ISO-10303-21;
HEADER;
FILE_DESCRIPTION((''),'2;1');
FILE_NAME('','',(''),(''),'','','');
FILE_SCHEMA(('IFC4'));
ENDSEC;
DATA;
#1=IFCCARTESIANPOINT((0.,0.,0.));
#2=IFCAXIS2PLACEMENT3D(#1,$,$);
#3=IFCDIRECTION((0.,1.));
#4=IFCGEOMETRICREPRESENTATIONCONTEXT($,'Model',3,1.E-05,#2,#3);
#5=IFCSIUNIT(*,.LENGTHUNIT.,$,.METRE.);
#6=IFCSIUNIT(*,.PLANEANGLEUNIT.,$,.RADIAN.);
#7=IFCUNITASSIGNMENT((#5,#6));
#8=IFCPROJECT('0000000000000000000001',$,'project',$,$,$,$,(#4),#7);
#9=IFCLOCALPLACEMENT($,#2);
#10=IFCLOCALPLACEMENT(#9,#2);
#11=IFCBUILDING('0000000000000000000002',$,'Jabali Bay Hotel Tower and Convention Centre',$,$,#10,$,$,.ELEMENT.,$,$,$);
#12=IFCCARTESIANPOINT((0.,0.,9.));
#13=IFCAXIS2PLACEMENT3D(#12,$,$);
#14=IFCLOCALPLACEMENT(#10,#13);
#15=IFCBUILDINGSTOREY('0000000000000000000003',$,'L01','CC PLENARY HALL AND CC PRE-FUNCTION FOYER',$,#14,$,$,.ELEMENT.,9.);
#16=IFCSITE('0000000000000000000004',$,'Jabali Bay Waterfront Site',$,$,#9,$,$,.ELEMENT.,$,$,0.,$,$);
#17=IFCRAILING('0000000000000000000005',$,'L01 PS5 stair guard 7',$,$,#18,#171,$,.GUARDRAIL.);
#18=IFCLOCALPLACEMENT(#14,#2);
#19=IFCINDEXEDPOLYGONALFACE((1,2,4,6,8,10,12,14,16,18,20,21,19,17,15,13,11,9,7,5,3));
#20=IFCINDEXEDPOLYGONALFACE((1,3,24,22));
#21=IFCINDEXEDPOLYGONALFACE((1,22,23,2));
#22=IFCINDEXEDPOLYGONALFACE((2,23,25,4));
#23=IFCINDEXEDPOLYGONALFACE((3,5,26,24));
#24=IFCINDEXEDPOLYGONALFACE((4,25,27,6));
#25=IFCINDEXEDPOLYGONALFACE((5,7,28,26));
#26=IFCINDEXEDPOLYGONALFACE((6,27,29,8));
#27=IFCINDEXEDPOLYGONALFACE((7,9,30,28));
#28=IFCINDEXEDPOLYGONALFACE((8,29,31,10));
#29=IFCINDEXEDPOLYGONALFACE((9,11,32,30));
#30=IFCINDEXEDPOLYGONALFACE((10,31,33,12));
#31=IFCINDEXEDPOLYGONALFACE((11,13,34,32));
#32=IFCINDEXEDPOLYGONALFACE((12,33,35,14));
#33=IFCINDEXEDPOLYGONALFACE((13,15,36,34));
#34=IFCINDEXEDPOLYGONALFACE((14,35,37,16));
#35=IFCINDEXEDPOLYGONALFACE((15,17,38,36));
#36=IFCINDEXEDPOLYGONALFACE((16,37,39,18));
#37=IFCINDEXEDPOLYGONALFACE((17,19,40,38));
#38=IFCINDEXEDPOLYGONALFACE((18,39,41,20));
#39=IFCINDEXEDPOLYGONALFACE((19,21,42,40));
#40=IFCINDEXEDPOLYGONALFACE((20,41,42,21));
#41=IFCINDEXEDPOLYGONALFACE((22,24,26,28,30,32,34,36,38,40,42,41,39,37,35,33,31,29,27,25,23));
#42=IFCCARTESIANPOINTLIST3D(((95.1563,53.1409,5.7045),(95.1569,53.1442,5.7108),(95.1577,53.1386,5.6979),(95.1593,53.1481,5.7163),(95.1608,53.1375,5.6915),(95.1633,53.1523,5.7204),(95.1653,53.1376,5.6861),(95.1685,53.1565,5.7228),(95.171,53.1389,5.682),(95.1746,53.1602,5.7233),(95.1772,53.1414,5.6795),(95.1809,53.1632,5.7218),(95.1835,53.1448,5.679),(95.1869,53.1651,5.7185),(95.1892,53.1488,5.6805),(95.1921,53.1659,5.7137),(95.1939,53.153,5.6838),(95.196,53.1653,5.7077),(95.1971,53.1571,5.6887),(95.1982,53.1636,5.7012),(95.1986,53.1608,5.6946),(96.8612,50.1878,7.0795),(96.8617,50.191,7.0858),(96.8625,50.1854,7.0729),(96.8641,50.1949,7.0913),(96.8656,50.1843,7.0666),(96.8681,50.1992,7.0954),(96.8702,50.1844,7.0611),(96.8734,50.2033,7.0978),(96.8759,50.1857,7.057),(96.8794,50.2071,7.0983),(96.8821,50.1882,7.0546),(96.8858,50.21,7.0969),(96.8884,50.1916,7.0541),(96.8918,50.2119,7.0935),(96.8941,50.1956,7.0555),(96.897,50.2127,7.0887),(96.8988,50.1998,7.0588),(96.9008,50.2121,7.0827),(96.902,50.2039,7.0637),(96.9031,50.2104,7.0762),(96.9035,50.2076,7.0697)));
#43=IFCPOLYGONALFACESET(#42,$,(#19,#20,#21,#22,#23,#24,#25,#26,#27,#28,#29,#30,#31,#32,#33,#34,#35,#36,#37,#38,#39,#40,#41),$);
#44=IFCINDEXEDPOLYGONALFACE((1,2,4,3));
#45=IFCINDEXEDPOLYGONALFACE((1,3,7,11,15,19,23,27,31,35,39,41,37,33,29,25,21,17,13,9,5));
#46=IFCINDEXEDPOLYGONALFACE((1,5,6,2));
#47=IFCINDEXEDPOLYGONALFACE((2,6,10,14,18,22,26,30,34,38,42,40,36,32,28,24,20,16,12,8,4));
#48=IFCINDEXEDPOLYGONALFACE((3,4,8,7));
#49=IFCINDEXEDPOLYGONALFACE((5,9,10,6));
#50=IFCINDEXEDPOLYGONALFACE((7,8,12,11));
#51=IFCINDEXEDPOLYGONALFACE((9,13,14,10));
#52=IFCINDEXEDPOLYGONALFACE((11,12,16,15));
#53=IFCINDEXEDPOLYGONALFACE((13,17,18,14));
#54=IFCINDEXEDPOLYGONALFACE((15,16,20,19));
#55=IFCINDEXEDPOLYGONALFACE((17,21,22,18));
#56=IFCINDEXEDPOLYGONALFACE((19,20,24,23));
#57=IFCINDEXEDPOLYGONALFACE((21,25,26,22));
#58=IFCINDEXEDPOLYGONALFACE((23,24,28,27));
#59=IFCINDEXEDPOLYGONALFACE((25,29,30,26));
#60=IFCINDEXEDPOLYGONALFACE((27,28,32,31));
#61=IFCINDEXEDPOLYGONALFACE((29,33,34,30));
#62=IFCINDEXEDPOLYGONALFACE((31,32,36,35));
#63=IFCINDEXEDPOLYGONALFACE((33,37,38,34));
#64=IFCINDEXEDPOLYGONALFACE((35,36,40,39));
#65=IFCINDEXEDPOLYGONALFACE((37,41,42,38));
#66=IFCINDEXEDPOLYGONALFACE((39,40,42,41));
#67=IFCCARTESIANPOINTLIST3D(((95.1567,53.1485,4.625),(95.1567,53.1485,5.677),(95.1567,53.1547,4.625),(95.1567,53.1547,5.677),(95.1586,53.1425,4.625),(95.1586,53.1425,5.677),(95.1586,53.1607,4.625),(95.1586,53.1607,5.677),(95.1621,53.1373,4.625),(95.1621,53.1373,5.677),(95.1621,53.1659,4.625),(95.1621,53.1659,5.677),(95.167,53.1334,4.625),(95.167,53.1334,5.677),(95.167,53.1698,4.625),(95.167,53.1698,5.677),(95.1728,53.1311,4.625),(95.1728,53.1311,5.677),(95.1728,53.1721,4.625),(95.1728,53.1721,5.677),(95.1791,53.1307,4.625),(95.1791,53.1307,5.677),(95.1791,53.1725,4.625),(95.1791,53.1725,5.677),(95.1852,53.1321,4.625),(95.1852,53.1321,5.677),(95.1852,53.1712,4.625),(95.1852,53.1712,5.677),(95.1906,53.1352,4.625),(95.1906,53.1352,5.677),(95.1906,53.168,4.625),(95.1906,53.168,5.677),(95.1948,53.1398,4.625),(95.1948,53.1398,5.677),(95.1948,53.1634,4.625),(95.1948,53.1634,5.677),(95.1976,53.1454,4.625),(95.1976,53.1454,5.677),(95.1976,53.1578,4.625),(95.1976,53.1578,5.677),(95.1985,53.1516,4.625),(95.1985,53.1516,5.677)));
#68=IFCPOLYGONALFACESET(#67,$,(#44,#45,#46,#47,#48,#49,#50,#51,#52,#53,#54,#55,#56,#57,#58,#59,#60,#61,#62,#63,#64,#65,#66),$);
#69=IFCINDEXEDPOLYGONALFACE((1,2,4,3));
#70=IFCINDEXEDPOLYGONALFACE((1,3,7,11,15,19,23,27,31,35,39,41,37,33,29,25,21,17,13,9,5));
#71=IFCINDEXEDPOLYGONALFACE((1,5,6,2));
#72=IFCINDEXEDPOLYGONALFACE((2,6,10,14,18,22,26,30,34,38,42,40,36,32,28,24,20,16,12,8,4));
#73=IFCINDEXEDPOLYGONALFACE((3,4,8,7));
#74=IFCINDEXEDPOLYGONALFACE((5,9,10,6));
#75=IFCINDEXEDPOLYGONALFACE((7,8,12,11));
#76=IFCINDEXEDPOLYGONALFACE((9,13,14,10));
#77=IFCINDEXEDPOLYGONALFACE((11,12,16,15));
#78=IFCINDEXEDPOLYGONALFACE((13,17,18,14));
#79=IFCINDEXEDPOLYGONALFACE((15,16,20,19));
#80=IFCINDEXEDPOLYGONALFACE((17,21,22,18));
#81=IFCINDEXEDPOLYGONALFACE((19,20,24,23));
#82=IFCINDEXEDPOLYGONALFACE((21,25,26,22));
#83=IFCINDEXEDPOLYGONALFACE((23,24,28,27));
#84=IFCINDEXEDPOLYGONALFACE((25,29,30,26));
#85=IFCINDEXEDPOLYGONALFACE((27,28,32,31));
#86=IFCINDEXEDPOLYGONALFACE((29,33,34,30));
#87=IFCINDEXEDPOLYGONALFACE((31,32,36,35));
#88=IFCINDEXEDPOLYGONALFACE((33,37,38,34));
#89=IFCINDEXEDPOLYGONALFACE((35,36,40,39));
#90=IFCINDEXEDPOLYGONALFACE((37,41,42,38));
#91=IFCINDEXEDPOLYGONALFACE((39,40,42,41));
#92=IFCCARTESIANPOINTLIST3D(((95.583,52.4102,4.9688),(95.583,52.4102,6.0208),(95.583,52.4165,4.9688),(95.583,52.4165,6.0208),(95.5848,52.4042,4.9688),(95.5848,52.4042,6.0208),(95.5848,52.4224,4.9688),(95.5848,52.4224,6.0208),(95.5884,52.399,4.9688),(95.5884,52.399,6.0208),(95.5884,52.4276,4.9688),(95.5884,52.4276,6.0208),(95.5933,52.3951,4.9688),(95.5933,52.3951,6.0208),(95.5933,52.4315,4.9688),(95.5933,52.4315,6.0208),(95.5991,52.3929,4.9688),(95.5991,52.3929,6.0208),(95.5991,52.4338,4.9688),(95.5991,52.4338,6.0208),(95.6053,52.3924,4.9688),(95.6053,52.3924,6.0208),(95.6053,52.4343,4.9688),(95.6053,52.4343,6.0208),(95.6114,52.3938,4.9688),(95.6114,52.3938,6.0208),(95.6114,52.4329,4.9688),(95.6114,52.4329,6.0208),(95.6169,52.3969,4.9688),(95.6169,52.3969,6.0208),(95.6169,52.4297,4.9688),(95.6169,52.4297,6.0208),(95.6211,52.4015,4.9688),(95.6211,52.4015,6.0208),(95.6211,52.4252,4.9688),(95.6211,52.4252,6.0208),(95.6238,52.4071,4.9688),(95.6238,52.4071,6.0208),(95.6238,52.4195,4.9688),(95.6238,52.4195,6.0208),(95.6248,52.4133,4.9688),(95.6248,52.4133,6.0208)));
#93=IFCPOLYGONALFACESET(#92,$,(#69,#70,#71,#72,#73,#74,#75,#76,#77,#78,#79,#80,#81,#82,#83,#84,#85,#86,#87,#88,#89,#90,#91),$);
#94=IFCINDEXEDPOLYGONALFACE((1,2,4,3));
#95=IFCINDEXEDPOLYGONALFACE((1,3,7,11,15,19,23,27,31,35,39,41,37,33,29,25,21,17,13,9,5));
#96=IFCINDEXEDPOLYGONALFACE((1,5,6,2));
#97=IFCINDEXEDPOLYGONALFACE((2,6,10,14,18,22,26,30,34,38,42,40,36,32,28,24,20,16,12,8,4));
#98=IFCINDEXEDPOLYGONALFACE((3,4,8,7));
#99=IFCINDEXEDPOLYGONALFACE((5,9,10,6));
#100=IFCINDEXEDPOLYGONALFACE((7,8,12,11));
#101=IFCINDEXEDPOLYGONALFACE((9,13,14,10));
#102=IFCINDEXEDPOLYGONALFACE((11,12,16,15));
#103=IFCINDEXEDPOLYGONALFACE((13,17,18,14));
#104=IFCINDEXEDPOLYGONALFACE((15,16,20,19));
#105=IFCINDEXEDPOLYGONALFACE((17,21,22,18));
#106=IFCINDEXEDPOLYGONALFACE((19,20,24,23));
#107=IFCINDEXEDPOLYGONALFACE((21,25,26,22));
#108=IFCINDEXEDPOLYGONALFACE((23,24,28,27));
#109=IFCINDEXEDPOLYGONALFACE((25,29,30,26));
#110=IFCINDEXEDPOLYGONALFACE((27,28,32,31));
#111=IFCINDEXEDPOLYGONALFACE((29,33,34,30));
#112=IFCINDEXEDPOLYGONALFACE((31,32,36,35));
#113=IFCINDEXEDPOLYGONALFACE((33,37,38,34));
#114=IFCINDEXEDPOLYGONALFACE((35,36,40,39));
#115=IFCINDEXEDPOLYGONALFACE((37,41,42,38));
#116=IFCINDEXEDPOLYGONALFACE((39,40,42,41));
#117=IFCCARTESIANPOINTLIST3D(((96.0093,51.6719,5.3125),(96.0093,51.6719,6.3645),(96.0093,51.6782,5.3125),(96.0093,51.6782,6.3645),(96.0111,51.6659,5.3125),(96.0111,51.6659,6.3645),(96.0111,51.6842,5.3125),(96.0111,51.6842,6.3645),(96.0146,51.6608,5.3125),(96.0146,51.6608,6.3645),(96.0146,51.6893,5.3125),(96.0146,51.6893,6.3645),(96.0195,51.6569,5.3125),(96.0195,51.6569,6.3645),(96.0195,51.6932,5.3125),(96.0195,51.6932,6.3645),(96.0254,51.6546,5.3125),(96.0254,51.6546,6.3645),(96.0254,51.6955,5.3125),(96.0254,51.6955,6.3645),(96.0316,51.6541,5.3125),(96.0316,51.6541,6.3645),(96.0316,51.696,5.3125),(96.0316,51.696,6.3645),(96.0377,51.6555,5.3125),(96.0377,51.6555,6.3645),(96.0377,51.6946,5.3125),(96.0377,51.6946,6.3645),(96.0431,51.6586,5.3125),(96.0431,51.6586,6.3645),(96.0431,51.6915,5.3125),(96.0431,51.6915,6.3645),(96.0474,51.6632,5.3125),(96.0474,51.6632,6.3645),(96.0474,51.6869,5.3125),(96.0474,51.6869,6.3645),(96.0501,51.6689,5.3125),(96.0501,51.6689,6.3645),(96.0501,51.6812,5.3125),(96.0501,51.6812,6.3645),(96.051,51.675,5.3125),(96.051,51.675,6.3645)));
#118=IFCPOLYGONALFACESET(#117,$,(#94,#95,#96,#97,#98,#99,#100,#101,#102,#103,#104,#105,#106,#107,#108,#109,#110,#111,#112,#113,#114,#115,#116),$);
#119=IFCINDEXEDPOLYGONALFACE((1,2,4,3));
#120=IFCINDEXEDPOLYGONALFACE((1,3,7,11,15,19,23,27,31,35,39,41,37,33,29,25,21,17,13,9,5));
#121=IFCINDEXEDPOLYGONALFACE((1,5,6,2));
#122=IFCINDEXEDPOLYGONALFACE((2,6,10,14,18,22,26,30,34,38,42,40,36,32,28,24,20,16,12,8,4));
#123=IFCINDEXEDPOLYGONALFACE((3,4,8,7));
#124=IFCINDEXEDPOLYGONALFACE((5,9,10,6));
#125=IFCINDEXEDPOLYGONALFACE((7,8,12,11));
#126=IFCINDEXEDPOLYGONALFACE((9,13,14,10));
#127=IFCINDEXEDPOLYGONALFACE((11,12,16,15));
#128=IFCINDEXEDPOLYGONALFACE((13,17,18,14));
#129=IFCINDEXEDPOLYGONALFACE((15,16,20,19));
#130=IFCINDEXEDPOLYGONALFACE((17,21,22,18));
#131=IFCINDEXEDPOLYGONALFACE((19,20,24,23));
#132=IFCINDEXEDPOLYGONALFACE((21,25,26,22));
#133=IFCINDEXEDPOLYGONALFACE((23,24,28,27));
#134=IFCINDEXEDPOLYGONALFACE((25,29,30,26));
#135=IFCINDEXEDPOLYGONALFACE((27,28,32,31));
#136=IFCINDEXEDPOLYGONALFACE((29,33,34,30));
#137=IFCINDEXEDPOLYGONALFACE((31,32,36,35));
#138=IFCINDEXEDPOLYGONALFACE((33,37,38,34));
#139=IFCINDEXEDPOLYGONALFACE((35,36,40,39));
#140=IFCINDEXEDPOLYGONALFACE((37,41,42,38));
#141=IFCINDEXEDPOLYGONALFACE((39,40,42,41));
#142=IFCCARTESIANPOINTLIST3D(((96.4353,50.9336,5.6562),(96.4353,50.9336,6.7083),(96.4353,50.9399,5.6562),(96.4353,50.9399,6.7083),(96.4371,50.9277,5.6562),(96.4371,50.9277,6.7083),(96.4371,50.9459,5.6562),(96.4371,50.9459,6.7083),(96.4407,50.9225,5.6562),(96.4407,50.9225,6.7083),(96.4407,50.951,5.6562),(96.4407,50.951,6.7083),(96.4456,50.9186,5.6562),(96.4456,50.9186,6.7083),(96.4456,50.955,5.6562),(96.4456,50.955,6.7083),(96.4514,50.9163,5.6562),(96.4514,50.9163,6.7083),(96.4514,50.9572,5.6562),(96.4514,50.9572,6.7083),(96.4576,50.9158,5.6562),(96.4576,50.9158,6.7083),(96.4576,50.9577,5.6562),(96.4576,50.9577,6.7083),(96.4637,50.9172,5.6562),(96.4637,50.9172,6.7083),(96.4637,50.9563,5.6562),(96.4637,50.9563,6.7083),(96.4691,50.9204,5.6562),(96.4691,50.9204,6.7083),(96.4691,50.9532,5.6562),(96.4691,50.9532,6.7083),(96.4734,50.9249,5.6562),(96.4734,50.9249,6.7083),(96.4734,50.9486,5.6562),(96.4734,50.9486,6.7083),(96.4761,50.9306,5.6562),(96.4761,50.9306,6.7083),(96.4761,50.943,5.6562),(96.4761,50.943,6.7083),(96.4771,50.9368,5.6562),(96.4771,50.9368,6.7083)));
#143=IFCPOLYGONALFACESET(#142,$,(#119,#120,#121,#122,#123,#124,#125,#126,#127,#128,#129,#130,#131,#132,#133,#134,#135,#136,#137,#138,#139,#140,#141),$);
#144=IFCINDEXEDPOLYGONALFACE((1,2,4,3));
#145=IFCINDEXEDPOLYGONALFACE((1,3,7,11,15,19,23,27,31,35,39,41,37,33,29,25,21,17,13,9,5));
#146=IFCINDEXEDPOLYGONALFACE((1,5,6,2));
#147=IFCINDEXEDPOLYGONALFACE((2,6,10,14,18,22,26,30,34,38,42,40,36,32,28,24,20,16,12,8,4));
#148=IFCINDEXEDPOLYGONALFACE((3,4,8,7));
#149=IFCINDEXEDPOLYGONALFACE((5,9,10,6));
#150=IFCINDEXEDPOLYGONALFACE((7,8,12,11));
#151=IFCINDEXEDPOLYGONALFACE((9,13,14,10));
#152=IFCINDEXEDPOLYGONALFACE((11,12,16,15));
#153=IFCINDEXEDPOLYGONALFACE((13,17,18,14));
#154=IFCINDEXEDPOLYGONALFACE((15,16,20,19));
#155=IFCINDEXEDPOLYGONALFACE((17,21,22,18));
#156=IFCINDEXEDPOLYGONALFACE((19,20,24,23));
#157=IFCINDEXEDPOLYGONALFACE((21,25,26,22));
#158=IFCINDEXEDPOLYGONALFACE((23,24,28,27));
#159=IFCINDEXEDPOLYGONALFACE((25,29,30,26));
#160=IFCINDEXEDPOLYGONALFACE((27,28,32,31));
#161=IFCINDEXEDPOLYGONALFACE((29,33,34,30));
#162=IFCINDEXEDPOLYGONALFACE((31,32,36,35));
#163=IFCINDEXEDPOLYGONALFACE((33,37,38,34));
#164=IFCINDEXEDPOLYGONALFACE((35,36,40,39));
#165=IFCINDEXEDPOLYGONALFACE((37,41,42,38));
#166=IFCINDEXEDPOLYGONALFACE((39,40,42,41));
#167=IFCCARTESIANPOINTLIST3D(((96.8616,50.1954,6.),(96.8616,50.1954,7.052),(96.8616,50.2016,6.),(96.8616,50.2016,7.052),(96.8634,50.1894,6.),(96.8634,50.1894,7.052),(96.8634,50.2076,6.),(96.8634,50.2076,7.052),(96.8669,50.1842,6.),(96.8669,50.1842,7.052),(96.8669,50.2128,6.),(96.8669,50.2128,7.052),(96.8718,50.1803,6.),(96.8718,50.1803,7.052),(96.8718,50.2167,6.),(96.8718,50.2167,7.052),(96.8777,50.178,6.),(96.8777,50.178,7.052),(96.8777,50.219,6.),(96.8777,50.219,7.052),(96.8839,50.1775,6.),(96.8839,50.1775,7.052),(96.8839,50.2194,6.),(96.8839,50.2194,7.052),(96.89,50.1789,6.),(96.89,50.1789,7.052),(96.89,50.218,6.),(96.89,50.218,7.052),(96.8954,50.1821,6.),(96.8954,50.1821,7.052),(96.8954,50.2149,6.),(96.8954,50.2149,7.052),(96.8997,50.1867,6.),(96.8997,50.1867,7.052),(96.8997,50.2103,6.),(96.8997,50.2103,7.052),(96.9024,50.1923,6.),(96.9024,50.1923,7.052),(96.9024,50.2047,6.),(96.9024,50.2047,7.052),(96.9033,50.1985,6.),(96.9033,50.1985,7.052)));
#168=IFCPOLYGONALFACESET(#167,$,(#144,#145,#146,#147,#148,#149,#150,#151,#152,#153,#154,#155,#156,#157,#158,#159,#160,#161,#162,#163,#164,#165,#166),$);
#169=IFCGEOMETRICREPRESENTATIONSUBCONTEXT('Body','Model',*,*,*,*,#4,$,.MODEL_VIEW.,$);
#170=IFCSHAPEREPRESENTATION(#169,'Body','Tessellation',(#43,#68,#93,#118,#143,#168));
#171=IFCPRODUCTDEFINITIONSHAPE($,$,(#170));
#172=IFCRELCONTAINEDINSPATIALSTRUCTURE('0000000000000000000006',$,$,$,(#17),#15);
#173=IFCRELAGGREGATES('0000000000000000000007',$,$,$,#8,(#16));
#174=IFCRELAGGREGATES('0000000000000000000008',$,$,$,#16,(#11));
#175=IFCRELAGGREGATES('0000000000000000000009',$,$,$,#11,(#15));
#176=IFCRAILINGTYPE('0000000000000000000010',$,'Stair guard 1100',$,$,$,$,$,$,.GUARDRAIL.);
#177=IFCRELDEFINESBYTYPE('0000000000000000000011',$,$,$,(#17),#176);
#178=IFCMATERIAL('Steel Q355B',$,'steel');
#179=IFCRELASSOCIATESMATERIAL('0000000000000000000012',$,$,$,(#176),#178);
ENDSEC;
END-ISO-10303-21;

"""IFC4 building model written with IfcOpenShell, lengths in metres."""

from ifc_helpers import new_model, si_unit, direction, frame, origin, origin_2d, place, context, subcontext, project, spatial, circle, extrude, material, type_object, element, save


model = new_model("IFC4")

# Units and contexts
model_context = context("Model", 3, precision=1e-05, world=origin(), true_north=direction((0.0, 1.0)))
body_context = subcontext(model_context, "Body", "Model", "MODEL_VIEW")
ifc_project = project(units=[si_unit("LENGTHUNIT", "METRE"), si_unit("PLANEANGLEUNIT", "RADIAN")], contexts=[model_context])

# Site, building, storey
site_placement = place(None, origin())
site = spatial("IfcSite", under=ifc_project, at=site_placement, Name="Jabali Bay Waterfront Site", CompositionType="ELEMENT", RefElevation=0.0)
building_placement = place(site_placement, origin())
building = spatial("IfcBuilding", under=site, at=building_placement, Name="Jabali Bay Hotel Tower and Convention Centre", CompositionType="ELEMENT")
storey_placement = place(building_placement, frame((0.0, 0.0, 9.0)))
storey = spatial("IfcBuildingStorey", under=building, at=storey_placement, Name="L01", Description="CC PLENARY HALL AND CC PRE-FUNCTION FOYER", CompositionType="ELEMENT", Elevation=9.0)

# Railing
ifc_material_1 = material(Name="Steel Q355B", Category="steel")
railing_type_1 = type_object("IfcRailingType", Name="Stair guard 1100", PredefinedType="GUARDRAIL", material=ifc_material_1)
railing_1_placement = place(storey_placement, frame((95.1775, 53.1516, 4.625)))
element("IfcRailing", 1, at=railing_1_placement, inside=storey, type_object=railing_type_1, Name="L01 PS5 stair guard 7", PredefinedType="GUARDRAIL", context=body_context, shape_type="SweptSolid", body=[
    extrude(circle(Radius=0.0239, at=origin_2d()), frame((0.0, 0.0, 1.0762), z_axis=(0.463687, -0.803203, 0.373978), x_axis=(0.866045, 0.499966, 0.0)), (0.0, 0.0, 1.0), 3.6768),
    extrude(circle(Radius=0.021, at=origin_2d()), origin(), (0.0, 0.0, 1.0), 1.052),
    extrude(circle(Radius=0.021, at=origin_2d()), frame((0.4263, -0.7383, 0.3438)), (0.0, 0.0, 1.0), 1.052),
    extrude(circle(Radius=0.021, at=origin_2d()), frame((0.8525, -1.4766, 0.6875)), (0.0, 0.0, 1.0), 1.052),
    extrude(circle(Radius=0.021, at=origin_2d()), frame((1.2786, -2.2148, 1.0312)), (0.0, 0.0, 1.0), 1.052),
    extrude(circle(Radius=0.021, at=origin_2d()), frame((1.7048, -2.9531, 1.375)), (0.0, 0.0, 1.0), 1.052),
])

save(model, "model.ifc")
